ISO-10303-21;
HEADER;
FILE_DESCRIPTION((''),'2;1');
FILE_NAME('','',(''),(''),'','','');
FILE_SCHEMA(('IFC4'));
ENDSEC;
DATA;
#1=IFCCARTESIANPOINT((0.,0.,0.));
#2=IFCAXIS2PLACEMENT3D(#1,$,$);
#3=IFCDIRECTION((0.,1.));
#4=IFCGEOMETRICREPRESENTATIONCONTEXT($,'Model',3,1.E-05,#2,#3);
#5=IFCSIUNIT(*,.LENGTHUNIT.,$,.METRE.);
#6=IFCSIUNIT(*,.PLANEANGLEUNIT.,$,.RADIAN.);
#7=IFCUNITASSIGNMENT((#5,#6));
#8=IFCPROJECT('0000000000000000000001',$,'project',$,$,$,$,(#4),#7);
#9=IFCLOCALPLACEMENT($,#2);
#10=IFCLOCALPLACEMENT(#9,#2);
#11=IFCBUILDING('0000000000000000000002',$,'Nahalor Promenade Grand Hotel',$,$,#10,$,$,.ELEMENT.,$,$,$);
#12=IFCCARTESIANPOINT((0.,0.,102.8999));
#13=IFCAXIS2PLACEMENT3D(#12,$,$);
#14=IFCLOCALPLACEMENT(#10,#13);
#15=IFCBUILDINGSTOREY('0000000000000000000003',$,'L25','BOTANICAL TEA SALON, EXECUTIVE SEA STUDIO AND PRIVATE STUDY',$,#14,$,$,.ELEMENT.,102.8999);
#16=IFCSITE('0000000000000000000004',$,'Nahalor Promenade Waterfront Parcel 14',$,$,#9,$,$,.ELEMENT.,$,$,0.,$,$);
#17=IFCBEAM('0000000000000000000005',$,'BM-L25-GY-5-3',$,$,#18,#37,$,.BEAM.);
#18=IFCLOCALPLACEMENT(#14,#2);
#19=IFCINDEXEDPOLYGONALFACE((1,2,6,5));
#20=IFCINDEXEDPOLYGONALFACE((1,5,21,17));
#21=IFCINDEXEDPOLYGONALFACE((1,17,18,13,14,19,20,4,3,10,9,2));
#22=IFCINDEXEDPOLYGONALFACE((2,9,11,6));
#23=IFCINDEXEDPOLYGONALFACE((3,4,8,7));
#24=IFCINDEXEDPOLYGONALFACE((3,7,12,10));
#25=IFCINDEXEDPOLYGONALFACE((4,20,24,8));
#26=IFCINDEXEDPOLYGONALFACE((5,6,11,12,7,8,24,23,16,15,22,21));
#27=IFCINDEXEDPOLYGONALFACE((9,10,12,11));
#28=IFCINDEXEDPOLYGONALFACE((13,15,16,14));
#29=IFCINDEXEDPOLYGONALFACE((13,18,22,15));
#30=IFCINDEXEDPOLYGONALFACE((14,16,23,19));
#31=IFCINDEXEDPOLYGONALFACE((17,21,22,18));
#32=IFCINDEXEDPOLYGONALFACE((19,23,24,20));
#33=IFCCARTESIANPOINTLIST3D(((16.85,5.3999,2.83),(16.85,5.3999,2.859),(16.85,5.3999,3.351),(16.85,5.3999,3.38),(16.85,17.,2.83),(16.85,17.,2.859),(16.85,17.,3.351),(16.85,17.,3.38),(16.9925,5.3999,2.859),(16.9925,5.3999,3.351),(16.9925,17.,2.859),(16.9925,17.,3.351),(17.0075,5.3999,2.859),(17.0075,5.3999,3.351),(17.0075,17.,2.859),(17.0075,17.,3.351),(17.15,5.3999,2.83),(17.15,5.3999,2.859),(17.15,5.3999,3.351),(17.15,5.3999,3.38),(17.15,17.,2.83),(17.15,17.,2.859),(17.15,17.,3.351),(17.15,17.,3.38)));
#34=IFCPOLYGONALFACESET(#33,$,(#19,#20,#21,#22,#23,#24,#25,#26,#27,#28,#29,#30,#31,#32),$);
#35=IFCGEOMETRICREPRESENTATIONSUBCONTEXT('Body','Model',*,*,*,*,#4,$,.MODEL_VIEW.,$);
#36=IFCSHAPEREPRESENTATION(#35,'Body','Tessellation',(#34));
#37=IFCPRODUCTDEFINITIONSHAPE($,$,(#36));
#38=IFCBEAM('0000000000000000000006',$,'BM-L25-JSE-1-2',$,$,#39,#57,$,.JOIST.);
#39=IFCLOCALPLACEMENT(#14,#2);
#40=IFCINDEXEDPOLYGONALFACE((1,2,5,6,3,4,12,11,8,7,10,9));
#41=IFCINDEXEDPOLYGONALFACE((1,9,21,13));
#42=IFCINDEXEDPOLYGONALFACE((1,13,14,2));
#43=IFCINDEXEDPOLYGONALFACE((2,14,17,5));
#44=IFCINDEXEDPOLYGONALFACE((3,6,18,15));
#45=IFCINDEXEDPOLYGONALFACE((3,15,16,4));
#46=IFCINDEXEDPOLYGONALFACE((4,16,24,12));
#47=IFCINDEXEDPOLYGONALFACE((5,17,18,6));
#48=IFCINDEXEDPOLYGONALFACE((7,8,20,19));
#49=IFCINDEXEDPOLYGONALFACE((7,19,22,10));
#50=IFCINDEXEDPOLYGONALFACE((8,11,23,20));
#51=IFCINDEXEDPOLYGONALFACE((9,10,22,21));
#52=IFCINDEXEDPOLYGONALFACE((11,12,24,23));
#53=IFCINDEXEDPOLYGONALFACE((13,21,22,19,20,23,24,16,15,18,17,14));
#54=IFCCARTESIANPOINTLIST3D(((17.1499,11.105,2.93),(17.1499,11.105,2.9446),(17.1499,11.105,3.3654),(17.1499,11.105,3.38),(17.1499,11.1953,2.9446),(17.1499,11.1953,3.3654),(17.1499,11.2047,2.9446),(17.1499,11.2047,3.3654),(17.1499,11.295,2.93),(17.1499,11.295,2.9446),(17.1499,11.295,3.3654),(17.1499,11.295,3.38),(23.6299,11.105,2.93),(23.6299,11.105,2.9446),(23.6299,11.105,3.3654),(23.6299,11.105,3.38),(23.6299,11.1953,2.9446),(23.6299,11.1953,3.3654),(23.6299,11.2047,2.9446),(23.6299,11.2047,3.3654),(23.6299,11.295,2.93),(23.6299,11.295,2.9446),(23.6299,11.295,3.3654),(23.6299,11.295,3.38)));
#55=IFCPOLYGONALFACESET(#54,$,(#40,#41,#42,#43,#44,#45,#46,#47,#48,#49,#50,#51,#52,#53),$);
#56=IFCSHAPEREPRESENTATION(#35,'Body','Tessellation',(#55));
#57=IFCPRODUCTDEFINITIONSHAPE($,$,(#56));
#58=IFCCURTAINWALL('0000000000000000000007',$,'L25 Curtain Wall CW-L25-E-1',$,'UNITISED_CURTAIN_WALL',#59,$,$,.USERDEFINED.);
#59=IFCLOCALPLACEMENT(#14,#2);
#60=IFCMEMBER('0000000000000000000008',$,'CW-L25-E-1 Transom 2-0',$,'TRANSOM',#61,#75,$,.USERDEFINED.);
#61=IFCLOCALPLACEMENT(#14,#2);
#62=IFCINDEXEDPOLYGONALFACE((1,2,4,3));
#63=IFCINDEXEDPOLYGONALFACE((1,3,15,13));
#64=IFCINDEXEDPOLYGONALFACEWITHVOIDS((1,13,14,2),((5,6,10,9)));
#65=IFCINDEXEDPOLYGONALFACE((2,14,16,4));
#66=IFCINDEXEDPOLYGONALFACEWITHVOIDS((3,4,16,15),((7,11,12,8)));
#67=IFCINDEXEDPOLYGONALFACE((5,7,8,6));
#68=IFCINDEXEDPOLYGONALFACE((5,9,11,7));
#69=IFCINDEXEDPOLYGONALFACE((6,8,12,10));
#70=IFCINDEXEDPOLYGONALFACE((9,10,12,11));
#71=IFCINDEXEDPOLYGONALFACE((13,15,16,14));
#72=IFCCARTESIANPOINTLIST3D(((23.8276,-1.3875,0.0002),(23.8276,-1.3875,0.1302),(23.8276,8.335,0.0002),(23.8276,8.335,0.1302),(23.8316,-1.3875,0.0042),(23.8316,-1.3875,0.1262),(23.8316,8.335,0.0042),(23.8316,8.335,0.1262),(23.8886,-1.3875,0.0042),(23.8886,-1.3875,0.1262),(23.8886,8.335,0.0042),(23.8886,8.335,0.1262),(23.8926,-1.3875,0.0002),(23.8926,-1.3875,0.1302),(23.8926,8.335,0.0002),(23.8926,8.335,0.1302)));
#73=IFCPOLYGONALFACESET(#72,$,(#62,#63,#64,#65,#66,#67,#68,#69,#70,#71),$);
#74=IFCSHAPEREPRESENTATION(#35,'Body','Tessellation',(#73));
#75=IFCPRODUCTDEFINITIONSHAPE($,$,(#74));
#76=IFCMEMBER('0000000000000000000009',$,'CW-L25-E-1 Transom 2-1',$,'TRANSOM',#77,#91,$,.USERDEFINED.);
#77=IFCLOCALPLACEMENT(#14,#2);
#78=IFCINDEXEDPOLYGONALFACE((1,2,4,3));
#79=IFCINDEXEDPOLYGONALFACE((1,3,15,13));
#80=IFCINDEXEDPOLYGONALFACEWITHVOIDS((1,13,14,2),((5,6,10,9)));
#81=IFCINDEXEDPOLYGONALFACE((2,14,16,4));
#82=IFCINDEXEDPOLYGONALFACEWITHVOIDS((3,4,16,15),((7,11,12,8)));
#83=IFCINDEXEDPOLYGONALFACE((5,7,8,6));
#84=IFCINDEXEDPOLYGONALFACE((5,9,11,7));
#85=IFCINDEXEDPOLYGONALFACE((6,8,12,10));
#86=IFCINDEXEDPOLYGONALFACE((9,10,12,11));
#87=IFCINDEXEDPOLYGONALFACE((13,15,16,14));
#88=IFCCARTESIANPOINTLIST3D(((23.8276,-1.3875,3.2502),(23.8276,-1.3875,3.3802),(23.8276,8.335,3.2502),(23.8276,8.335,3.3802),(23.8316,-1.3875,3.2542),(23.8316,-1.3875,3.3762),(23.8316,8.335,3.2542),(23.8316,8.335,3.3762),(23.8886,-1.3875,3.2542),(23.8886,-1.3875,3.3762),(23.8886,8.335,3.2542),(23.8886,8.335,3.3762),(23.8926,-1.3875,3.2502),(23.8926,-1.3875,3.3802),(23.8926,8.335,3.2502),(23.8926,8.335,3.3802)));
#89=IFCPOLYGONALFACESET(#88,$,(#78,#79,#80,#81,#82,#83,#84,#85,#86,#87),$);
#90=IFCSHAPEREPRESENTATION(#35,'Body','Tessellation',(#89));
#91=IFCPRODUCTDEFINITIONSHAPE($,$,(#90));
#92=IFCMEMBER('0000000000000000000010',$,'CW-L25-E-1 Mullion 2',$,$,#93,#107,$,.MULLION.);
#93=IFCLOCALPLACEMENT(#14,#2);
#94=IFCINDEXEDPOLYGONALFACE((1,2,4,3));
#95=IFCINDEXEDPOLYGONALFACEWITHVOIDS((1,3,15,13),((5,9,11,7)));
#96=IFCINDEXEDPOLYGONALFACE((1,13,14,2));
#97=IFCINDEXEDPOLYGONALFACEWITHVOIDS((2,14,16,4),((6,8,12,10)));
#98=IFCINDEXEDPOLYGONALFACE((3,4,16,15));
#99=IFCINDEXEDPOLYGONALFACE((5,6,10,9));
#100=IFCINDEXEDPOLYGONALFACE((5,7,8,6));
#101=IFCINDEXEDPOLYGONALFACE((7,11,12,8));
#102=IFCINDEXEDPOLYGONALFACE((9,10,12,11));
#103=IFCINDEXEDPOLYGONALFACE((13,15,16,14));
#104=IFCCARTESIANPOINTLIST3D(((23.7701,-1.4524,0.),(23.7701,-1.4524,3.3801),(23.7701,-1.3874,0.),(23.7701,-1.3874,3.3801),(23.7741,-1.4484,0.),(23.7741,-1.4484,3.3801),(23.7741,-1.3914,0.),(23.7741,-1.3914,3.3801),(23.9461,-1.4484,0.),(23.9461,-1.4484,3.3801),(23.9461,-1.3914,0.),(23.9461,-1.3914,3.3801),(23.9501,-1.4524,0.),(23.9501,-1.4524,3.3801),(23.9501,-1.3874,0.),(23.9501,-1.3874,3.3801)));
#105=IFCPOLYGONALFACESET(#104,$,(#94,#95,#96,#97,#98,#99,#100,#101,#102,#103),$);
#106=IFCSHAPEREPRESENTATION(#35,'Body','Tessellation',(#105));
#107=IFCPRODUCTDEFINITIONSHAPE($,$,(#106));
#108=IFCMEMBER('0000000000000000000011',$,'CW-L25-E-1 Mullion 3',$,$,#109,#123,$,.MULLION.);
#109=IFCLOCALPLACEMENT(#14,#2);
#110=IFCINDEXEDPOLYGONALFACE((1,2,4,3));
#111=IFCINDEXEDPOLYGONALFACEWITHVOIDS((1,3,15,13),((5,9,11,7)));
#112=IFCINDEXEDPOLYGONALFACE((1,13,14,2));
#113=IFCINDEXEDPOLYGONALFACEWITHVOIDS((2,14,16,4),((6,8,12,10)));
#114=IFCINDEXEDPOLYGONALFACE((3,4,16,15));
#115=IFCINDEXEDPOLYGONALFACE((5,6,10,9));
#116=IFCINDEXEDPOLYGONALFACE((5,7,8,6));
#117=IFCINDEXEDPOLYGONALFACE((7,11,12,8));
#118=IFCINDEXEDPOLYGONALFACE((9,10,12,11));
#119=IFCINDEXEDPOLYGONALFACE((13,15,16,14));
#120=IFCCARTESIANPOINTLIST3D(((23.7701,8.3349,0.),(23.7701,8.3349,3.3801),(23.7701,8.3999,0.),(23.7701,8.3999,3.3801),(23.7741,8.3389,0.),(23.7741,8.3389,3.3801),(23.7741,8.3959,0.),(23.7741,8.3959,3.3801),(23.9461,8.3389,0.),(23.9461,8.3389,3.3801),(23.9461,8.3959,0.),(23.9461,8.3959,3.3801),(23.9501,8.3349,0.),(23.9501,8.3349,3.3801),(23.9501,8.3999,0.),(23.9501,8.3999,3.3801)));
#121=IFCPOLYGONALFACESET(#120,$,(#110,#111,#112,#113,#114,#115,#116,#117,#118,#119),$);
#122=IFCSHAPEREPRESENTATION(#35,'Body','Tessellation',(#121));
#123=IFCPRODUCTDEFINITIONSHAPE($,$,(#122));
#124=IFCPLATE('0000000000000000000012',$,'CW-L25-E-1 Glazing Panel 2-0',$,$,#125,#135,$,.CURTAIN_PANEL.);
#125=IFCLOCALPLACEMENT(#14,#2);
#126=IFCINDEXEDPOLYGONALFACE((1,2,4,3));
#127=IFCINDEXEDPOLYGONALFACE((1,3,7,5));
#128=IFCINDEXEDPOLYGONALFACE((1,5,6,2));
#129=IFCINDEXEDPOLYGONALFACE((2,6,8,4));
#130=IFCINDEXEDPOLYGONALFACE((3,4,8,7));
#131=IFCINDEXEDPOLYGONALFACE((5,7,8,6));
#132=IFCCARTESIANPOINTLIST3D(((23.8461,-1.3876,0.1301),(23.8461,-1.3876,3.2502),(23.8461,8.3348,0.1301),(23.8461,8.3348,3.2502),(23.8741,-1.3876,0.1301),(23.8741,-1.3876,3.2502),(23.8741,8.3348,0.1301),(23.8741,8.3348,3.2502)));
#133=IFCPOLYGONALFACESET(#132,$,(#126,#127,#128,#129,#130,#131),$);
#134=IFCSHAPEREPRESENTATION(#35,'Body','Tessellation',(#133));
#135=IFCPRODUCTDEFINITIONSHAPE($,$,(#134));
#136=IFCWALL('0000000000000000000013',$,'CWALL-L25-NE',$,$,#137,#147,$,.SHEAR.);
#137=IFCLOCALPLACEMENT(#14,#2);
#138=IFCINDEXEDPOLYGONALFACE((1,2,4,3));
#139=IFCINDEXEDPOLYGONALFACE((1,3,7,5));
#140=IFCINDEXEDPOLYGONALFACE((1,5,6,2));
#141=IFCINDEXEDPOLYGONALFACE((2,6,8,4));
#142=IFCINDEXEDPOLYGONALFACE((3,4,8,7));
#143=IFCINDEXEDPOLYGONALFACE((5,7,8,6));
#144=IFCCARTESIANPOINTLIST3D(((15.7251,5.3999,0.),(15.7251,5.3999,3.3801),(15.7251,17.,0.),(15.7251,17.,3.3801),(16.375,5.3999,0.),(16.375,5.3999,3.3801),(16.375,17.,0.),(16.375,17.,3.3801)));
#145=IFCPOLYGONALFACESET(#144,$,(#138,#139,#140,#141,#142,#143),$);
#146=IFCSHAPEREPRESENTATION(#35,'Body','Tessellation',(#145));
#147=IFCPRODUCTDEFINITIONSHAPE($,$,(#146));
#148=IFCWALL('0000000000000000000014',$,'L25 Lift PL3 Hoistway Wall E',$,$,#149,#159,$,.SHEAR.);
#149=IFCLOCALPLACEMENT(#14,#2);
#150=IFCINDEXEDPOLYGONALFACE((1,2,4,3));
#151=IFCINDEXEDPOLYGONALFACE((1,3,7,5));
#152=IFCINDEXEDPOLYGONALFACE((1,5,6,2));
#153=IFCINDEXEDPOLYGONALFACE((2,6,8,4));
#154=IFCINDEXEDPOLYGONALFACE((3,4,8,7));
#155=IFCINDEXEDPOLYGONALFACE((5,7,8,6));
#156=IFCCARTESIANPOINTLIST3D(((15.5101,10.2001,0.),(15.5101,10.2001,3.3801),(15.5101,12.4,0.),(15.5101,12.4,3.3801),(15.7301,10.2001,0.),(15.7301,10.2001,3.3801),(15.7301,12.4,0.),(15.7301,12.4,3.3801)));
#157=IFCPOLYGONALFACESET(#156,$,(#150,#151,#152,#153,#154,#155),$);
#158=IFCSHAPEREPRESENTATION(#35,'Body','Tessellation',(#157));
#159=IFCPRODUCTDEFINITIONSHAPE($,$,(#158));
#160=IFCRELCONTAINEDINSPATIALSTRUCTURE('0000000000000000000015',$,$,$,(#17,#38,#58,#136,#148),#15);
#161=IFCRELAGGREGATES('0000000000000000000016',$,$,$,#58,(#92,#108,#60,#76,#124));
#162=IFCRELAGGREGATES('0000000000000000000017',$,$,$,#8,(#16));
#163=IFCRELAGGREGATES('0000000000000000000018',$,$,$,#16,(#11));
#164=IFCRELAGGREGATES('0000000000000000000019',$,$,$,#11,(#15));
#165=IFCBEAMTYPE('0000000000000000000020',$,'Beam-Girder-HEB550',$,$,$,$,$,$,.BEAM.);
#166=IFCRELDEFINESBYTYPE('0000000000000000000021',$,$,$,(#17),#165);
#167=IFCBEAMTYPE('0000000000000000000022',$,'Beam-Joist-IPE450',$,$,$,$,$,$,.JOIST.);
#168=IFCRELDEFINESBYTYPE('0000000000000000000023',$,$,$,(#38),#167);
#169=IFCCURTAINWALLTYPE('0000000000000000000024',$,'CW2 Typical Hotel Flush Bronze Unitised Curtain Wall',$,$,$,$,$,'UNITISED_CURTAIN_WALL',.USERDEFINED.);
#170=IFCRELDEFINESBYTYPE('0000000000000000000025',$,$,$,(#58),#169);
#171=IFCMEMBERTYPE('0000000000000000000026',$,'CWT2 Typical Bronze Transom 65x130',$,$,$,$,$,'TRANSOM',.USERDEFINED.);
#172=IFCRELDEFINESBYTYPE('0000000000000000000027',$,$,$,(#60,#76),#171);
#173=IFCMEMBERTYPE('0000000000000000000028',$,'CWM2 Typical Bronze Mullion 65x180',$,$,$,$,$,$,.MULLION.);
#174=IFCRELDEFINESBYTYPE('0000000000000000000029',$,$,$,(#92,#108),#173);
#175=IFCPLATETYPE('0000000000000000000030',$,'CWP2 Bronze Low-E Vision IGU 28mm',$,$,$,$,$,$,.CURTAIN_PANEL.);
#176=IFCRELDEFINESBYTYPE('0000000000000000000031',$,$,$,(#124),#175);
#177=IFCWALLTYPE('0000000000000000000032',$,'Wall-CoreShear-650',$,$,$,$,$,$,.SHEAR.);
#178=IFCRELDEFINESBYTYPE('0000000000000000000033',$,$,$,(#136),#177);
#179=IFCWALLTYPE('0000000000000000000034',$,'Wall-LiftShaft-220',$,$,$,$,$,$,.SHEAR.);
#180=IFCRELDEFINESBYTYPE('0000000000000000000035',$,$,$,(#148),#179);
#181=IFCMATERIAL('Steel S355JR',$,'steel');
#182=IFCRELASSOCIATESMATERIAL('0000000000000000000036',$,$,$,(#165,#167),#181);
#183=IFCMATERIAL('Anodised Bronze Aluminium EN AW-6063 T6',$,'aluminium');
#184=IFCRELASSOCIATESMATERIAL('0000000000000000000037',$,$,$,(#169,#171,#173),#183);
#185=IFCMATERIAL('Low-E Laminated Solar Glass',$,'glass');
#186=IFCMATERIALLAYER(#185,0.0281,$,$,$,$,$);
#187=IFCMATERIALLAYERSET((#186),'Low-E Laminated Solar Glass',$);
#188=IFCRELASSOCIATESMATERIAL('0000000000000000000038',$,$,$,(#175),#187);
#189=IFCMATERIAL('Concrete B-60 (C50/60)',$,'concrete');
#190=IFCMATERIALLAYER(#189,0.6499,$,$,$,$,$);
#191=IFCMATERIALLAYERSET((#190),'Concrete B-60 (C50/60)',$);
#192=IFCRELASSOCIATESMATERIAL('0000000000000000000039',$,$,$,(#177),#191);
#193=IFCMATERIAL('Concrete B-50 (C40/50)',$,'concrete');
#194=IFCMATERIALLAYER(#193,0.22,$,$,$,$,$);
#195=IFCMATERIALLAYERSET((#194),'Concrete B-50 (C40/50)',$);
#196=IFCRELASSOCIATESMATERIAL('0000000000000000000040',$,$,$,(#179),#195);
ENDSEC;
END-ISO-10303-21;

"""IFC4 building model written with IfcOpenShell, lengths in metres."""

from ifc_helpers import new_model, si_unit, direction, frame, frame_2d, origin, origin_2d, place, context, subcontext, project, spatial, rectangle, hollow_rectangle, i_section, extrude, source, transform, mapped, material, layer, layer_set, material_profile, profile_set, type_object, element, aggregate, save


model = new_model("IFC4")

# Units and contexts
model_context = context("Model", 3, precision=1e-05, world=origin(), true_north=direction((0.0, 1.0)))
body_context = subcontext(model_context, "Body", "Model", "MODEL_VIEW")
ifc_project = project(units=[si_unit("LENGTHUNIT", "METRE"), si_unit("PLANEANGLEUNIT", "RADIAN")], contexts=[model_context])

# Site, building, storey
site_placement = place(None, origin())
site = spatial("IfcSite", under=ifc_project, at=site_placement, Name="Nahalor Promenade Waterfront Parcel 14", CompositionType="ELEMENT", RefElevation=0.0)
building_placement = place(site_placement, origin())
building = spatial("IfcBuilding", under=site, at=building_placement, Name="Nahalor Promenade Grand Hotel", CompositionType="ELEMENT")
storey_placement = place(building_placement, frame((0.0, 0.0, 102.8999)))
storey = spatial("IfcBuildingStorey", under=building, at=storey_placement, Name="L25", Description="BOTANICAL TEA SALON, EXECUTIVE SEA STUDIO AND PRIVATE STUDY", CompositionType="ELEMENT", Elevation=102.8999)

# Beams
ifc_material_1 = material(Name="Steel S355JR", Category="steel")
ifc_material_profile_1 = material_profile(ifc_material_1, i_section(OverallWidth=0.3, OverallDepth=0.55, WebThickness=0.015, FlangeThickness=0.029, at=origin_2d()), Name="HEB 550")
ifc_profile_set_1 = profile_set([ifc_material_profile_1], Name="Steel S355JR")
beam_type_1 = type_object("IfcBeamType", Name="Beam-Girder-HEB550", PredefinedType="BEAM", material=ifc_profile_set_1)
shared_shape_1 = source(origin(), body_context, "Body", "SweptSolid", [
    extrude(i_section(OverallWidth=0.3, OverallDepth=0.55, WebThickness=0.015, FlangeThickness=0.029, at=origin_2d()), origin(), (0.0, 0.0, 1.0), 11.6001),
])
beam_1_placement = place(storey_placement, frame((17.0, 5.3999, 3.105), z_axis=(0.0, 1.0, 0.0), x_axis=(-1.0, 0.0, 0.0)))
element("IfcBeam", 1, at=beam_1_placement, inside=storey, type_object=beam_type_1, Name="BM-L25-GY-5-3", PredefinedType="BEAM", context=body_context, shape_type="MappedRepresentation", body=[
    mapped(shared_shape_1, transform((0.0, 0.0, 0.0), scale=1.0)),
])
ifc_material_profile_2 = material_profile(ifc_material_1, i_section(OverallWidth=0.19, OverallDepth=0.45, WebThickness=0.0094, FlangeThickness=0.0146, at=origin_2d()), Name="IPE 450")
ifc_profile_set_2 = profile_set([ifc_material_profile_2], Name="Steel S355JR")
beam_type_2 = type_object("IfcBeamType", Name="Beam-Joist-IPE450", PredefinedType="JOIST", material=ifc_profile_set_2)
shared_shape_2 = source(origin(), body_context, "Body", "SweptSolid", [
    extrude(i_section(OverallWidth=0.19, OverallDepth=0.45, WebThickness=0.0094, FlangeThickness=0.0146, at=origin_2d()), origin(), (0.0, 0.0, 1.0), 6.48),
])
beam_2_placement = place(storey_placement, frame((17.1499, 11.2, 3.155), z_axis=(1.0, 0.0, 0.0), x_axis=(0.0, 1.0, 0.0)))
element("IfcBeam", 2, at=beam_2_placement, inside=storey, type_object=beam_type_2, Name="BM-L25-JSE-1-2", PredefinedType="JOIST", context=body_context, shape_type="MappedRepresentation", body=[
    mapped(shared_shape_2, transform((0.0, 0.0, 0.0), scale=1.0)),
])

# Curtain wall, members, plate
ifc_material_2 = material(Name="Anodised Bronze Aluminium EN AW-6063 T6", Category="aluminium")
curtain_wall_type = type_object("IfcCurtainWallType", Name="CW2 Typical Hotel Flush Bronze Unitised Curtain Wall", ElementType="UNITISED_CURTAIN_WALL", PredefinedType="USERDEFINED", material=ifc_material_2)
curtain_wall_placement = place(storey_placement, origin())
curtain_wall = element("IfcCurtainWall", 3, at=curtain_wall_placement, inside=storey, type_object=curtain_wall_type, Name="L25 Curtain Wall CW-L25-E-1", ObjectType="UNITISED_CURTAIN_WALL", PredefinedType="USERDEFINED")
ifc_material_profile_3 = material_profile(ifc_material_2, hollow_rectangle(XDim=0.065, YDim=0.13, WallThickness=0.004, at=origin_2d()), Name="CWT 65x130x4")
ifc_profile_set_3 = profile_set([ifc_material_profile_3], Name="Anodised Bronze Aluminium EN AW-6063 T6")
member_type_1 = type_object("IfcMemberType", Name="CWT2 Typical Bronze Transom 65x130", ElementType="TRANSOM", PredefinedType="USERDEFINED", material=ifc_profile_set_3)
shared_shape_3 = source(origin(), body_context, "Body", "SweptSolid", [
    extrude(hollow_rectangle(XDim=0.065, YDim=0.13, WallThickness=0.004, at=origin_2d()), origin(), (0.0, 0.0, 1.0), 9.7224),
])
member_1_placement = place(storey_placement, frame((23.8601, -1.3875, 0.0652), z_axis=(0.0, 1.0, 0.0), x_axis=(-1.0, 0.0, 0.0)))
member_1 = element("IfcMember", 4, at=member_1_placement, type_object=member_type_1, Name="CW-L25-E-1 Transom 2-0", ObjectType="TRANSOM", PredefinedType="USERDEFINED", context=body_context, shape_type="MappedRepresentation", body=[
    mapped(shared_shape_3, transform((0.0, 0.0, 0.0), scale=1.0)),
])
member_2_placement = place(storey_placement, frame((23.8601, -1.3875, 3.3152), z_axis=(0.0, 1.0, 0.0), x_axis=(-1.0, 0.0, 0.0)))
member_2 = element("IfcMember", 5, at=member_2_placement, type_object=member_type_1, Name="CW-L25-E-1 Transom 2-1", ObjectType="TRANSOM", PredefinedType="USERDEFINED", context=body_context, shape_type="MappedRepresentation", body=[
    mapped(shared_shape_3, transform((0.0, 0.0, 0.0), scale=1.0)),
])
ifc_material_profile_4 = material_profile(ifc_material_2, hollow_rectangle(XDim=0.065, YDim=0.18, WallThickness=0.004, at=origin_2d()), Name="CWM 65x180x4")
ifc_profile_set_4 = profile_set([ifc_material_profile_4], Name="Anodised Bronze Aluminium EN AW-6063 T6")
member_type_2 = type_object("IfcMemberType", Name="CWM2 Typical Bronze Mullion 65x180", PredefinedType="MULLION", material=ifc_profile_set_4)
shared_shape_4 = source(origin(), body_context, "Body", "SweptSolid", [
    extrude(hollow_rectangle(XDim=0.065, YDim=0.18, WallThickness=0.004, at=origin_2d()), origin(), (0.0, 0.0, 1.0), 3.3801),
])
member_3_placement = place(storey_placement, frame((23.8601, -1.4199, 0.0), z_axis=(0.0, 0.0, 1.0), x_axis=(0.0, 1.0, 0.0)))
member_3 = element("IfcMember", 6, at=member_3_placement, type_object=member_type_2, Name="CW-L25-E-1 Mullion 2", PredefinedType="MULLION", context=body_context, shape_type="MappedRepresentation", body=[
    mapped(shared_shape_4, transform((0.0, 0.0, 0.0), scale=1.0)),
])
member_4_placement = place(storey_placement, frame((23.8601, 8.3674, 0.0), z_axis=(0.0, 0.0, 1.0), x_axis=(0.0, 1.0, 0.0)))
member_4 = element("IfcMember", 7, at=member_4_placement, type_object=member_type_2, Name="CW-L25-E-1 Mullion 3", PredefinedType="MULLION", context=body_context, shape_type="MappedRepresentation", body=[
    mapped(shared_shape_4, transform((0.0, 0.0, 0.0), scale=1.0)),
])
ifc_material_3 = material(Name="Low-E Laminated Solar Glass", Category="glass")
ifc_layer_1 = layer(ifc_material_3, 0.0281)
ifc_layer_set_1 = layer_set([ifc_layer_1], Name="Low-E Laminated Solar Glass")
plate_type = type_object("IfcPlateType", Name="CWP2 Bronze Low-E Vision IGU 28mm", PredefinedType="CURTAIN_PANEL", material=ifc_layer_set_1)
shared_shape_5 = source(origin(), body_context, "Body", "SweptSolid", [
    extrude(rectangle(XDim=9.7224, YDim=0.0281, at=origin_2d()), origin(), (0.0, 0.0, 1.0), 3.1201),
])
plate_placement = place(storey_placement, frame((23.8601, 3.4736, 0.1301), z_axis=(0.0, 0.0, 1.0), x_axis=(0.0, 1.0, 0.0)))
plate = element("IfcPlate", 8, at=plate_placement, type_object=plate_type, Name="CW-L25-E-1 Glazing Panel 2-0", PredefinedType="CURTAIN_PANEL", context=body_context, shape_type="MappedRepresentation", body=[
    mapped(shared_shape_5, transform((0.0, 0.0, 0.0), scale=1.0)),
])
aggregate(curtain_wall, [member_3, member_4, member_1, member_2, plate])

# Walls
ifc_material_4 = material(Name="Concrete B-60 (C50/60)", Category="concrete")
ifc_layer_2 = layer(ifc_material_4, 0.6499)
ifc_layer_set_2 = layer_set([ifc_layer_2], Name="Concrete B-60 (C50/60)")
wall_type_1 = type_object("IfcWallType", Name="Wall-CoreShear-650", PredefinedType="SHEAR", material=ifc_layer_set_2)
shared_shape_6 = source(origin(), body_context, "Body", "SweptSolid", [
    extrude(rectangle(XDim=11.6001, YDim=0.6499, at=frame_2d((5.8, 0.0))), origin(), (0.0, 0.0, 1.0), 3.3801),
])
wall_1_placement = place(storey_placement, frame((16.05, 5.3999, 0.0), z_axis=(0.0, 0.0, 1.0), x_axis=(0.0, 1.0, 0.0)))
element("IfcWall", 9, at=wall_1_placement, inside=storey, type_object=wall_type_1, Name="CWALL-L25-NE", PredefinedType="SHEAR", context=body_context, shape_type="MappedRepresentation", body=[
    mapped(shared_shape_6, transform((0.0, 0.0, 0.0), scale=1.0)),
])
ifc_material_5 = material(Name="Concrete B-50 (C40/50)", Category="concrete")
ifc_layer_3 = layer(ifc_material_5, 0.22)
ifc_layer_set_3 = layer_set([ifc_layer_3], Name="Concrete B-50 (C40/50)")
wall_type_2 = type_object("IfcWallType", Name="Wall-LiftShaft-220", PredefinedType="SHEAR", material=ifc_layer_set_3)
shared_shape_7 = source(origin(), body_context, "Body", "SweptSolid", [
    extrude(rectangle(XDim=2.2, YDim=0.22, at=frame_2d((1.1001, 0.0))), origin(), (0.0, 0.0, 1.0), 3.3801),
])
wall_2_placement = place(storey_placement, frame((15.6201, 10.2, 0.0), z_axis=(0.0, 0.0, 1.0), x_axis=(0.0, 1.0, 0.0)))
element("IfcWall", 10, at=wall_2_placement, inside=storey, type_object=wall_type_2, Name="L25 Lift PL3 Hoistway Wall E", PredefinedType="SHEAR", context=body_context, shape_type="MappedRepresentation", body=[
    mapped(shared_shape_7, transform((0.0, 0.0, 0.0), scale=1.0)),
])

save(model, "model.ifc")
